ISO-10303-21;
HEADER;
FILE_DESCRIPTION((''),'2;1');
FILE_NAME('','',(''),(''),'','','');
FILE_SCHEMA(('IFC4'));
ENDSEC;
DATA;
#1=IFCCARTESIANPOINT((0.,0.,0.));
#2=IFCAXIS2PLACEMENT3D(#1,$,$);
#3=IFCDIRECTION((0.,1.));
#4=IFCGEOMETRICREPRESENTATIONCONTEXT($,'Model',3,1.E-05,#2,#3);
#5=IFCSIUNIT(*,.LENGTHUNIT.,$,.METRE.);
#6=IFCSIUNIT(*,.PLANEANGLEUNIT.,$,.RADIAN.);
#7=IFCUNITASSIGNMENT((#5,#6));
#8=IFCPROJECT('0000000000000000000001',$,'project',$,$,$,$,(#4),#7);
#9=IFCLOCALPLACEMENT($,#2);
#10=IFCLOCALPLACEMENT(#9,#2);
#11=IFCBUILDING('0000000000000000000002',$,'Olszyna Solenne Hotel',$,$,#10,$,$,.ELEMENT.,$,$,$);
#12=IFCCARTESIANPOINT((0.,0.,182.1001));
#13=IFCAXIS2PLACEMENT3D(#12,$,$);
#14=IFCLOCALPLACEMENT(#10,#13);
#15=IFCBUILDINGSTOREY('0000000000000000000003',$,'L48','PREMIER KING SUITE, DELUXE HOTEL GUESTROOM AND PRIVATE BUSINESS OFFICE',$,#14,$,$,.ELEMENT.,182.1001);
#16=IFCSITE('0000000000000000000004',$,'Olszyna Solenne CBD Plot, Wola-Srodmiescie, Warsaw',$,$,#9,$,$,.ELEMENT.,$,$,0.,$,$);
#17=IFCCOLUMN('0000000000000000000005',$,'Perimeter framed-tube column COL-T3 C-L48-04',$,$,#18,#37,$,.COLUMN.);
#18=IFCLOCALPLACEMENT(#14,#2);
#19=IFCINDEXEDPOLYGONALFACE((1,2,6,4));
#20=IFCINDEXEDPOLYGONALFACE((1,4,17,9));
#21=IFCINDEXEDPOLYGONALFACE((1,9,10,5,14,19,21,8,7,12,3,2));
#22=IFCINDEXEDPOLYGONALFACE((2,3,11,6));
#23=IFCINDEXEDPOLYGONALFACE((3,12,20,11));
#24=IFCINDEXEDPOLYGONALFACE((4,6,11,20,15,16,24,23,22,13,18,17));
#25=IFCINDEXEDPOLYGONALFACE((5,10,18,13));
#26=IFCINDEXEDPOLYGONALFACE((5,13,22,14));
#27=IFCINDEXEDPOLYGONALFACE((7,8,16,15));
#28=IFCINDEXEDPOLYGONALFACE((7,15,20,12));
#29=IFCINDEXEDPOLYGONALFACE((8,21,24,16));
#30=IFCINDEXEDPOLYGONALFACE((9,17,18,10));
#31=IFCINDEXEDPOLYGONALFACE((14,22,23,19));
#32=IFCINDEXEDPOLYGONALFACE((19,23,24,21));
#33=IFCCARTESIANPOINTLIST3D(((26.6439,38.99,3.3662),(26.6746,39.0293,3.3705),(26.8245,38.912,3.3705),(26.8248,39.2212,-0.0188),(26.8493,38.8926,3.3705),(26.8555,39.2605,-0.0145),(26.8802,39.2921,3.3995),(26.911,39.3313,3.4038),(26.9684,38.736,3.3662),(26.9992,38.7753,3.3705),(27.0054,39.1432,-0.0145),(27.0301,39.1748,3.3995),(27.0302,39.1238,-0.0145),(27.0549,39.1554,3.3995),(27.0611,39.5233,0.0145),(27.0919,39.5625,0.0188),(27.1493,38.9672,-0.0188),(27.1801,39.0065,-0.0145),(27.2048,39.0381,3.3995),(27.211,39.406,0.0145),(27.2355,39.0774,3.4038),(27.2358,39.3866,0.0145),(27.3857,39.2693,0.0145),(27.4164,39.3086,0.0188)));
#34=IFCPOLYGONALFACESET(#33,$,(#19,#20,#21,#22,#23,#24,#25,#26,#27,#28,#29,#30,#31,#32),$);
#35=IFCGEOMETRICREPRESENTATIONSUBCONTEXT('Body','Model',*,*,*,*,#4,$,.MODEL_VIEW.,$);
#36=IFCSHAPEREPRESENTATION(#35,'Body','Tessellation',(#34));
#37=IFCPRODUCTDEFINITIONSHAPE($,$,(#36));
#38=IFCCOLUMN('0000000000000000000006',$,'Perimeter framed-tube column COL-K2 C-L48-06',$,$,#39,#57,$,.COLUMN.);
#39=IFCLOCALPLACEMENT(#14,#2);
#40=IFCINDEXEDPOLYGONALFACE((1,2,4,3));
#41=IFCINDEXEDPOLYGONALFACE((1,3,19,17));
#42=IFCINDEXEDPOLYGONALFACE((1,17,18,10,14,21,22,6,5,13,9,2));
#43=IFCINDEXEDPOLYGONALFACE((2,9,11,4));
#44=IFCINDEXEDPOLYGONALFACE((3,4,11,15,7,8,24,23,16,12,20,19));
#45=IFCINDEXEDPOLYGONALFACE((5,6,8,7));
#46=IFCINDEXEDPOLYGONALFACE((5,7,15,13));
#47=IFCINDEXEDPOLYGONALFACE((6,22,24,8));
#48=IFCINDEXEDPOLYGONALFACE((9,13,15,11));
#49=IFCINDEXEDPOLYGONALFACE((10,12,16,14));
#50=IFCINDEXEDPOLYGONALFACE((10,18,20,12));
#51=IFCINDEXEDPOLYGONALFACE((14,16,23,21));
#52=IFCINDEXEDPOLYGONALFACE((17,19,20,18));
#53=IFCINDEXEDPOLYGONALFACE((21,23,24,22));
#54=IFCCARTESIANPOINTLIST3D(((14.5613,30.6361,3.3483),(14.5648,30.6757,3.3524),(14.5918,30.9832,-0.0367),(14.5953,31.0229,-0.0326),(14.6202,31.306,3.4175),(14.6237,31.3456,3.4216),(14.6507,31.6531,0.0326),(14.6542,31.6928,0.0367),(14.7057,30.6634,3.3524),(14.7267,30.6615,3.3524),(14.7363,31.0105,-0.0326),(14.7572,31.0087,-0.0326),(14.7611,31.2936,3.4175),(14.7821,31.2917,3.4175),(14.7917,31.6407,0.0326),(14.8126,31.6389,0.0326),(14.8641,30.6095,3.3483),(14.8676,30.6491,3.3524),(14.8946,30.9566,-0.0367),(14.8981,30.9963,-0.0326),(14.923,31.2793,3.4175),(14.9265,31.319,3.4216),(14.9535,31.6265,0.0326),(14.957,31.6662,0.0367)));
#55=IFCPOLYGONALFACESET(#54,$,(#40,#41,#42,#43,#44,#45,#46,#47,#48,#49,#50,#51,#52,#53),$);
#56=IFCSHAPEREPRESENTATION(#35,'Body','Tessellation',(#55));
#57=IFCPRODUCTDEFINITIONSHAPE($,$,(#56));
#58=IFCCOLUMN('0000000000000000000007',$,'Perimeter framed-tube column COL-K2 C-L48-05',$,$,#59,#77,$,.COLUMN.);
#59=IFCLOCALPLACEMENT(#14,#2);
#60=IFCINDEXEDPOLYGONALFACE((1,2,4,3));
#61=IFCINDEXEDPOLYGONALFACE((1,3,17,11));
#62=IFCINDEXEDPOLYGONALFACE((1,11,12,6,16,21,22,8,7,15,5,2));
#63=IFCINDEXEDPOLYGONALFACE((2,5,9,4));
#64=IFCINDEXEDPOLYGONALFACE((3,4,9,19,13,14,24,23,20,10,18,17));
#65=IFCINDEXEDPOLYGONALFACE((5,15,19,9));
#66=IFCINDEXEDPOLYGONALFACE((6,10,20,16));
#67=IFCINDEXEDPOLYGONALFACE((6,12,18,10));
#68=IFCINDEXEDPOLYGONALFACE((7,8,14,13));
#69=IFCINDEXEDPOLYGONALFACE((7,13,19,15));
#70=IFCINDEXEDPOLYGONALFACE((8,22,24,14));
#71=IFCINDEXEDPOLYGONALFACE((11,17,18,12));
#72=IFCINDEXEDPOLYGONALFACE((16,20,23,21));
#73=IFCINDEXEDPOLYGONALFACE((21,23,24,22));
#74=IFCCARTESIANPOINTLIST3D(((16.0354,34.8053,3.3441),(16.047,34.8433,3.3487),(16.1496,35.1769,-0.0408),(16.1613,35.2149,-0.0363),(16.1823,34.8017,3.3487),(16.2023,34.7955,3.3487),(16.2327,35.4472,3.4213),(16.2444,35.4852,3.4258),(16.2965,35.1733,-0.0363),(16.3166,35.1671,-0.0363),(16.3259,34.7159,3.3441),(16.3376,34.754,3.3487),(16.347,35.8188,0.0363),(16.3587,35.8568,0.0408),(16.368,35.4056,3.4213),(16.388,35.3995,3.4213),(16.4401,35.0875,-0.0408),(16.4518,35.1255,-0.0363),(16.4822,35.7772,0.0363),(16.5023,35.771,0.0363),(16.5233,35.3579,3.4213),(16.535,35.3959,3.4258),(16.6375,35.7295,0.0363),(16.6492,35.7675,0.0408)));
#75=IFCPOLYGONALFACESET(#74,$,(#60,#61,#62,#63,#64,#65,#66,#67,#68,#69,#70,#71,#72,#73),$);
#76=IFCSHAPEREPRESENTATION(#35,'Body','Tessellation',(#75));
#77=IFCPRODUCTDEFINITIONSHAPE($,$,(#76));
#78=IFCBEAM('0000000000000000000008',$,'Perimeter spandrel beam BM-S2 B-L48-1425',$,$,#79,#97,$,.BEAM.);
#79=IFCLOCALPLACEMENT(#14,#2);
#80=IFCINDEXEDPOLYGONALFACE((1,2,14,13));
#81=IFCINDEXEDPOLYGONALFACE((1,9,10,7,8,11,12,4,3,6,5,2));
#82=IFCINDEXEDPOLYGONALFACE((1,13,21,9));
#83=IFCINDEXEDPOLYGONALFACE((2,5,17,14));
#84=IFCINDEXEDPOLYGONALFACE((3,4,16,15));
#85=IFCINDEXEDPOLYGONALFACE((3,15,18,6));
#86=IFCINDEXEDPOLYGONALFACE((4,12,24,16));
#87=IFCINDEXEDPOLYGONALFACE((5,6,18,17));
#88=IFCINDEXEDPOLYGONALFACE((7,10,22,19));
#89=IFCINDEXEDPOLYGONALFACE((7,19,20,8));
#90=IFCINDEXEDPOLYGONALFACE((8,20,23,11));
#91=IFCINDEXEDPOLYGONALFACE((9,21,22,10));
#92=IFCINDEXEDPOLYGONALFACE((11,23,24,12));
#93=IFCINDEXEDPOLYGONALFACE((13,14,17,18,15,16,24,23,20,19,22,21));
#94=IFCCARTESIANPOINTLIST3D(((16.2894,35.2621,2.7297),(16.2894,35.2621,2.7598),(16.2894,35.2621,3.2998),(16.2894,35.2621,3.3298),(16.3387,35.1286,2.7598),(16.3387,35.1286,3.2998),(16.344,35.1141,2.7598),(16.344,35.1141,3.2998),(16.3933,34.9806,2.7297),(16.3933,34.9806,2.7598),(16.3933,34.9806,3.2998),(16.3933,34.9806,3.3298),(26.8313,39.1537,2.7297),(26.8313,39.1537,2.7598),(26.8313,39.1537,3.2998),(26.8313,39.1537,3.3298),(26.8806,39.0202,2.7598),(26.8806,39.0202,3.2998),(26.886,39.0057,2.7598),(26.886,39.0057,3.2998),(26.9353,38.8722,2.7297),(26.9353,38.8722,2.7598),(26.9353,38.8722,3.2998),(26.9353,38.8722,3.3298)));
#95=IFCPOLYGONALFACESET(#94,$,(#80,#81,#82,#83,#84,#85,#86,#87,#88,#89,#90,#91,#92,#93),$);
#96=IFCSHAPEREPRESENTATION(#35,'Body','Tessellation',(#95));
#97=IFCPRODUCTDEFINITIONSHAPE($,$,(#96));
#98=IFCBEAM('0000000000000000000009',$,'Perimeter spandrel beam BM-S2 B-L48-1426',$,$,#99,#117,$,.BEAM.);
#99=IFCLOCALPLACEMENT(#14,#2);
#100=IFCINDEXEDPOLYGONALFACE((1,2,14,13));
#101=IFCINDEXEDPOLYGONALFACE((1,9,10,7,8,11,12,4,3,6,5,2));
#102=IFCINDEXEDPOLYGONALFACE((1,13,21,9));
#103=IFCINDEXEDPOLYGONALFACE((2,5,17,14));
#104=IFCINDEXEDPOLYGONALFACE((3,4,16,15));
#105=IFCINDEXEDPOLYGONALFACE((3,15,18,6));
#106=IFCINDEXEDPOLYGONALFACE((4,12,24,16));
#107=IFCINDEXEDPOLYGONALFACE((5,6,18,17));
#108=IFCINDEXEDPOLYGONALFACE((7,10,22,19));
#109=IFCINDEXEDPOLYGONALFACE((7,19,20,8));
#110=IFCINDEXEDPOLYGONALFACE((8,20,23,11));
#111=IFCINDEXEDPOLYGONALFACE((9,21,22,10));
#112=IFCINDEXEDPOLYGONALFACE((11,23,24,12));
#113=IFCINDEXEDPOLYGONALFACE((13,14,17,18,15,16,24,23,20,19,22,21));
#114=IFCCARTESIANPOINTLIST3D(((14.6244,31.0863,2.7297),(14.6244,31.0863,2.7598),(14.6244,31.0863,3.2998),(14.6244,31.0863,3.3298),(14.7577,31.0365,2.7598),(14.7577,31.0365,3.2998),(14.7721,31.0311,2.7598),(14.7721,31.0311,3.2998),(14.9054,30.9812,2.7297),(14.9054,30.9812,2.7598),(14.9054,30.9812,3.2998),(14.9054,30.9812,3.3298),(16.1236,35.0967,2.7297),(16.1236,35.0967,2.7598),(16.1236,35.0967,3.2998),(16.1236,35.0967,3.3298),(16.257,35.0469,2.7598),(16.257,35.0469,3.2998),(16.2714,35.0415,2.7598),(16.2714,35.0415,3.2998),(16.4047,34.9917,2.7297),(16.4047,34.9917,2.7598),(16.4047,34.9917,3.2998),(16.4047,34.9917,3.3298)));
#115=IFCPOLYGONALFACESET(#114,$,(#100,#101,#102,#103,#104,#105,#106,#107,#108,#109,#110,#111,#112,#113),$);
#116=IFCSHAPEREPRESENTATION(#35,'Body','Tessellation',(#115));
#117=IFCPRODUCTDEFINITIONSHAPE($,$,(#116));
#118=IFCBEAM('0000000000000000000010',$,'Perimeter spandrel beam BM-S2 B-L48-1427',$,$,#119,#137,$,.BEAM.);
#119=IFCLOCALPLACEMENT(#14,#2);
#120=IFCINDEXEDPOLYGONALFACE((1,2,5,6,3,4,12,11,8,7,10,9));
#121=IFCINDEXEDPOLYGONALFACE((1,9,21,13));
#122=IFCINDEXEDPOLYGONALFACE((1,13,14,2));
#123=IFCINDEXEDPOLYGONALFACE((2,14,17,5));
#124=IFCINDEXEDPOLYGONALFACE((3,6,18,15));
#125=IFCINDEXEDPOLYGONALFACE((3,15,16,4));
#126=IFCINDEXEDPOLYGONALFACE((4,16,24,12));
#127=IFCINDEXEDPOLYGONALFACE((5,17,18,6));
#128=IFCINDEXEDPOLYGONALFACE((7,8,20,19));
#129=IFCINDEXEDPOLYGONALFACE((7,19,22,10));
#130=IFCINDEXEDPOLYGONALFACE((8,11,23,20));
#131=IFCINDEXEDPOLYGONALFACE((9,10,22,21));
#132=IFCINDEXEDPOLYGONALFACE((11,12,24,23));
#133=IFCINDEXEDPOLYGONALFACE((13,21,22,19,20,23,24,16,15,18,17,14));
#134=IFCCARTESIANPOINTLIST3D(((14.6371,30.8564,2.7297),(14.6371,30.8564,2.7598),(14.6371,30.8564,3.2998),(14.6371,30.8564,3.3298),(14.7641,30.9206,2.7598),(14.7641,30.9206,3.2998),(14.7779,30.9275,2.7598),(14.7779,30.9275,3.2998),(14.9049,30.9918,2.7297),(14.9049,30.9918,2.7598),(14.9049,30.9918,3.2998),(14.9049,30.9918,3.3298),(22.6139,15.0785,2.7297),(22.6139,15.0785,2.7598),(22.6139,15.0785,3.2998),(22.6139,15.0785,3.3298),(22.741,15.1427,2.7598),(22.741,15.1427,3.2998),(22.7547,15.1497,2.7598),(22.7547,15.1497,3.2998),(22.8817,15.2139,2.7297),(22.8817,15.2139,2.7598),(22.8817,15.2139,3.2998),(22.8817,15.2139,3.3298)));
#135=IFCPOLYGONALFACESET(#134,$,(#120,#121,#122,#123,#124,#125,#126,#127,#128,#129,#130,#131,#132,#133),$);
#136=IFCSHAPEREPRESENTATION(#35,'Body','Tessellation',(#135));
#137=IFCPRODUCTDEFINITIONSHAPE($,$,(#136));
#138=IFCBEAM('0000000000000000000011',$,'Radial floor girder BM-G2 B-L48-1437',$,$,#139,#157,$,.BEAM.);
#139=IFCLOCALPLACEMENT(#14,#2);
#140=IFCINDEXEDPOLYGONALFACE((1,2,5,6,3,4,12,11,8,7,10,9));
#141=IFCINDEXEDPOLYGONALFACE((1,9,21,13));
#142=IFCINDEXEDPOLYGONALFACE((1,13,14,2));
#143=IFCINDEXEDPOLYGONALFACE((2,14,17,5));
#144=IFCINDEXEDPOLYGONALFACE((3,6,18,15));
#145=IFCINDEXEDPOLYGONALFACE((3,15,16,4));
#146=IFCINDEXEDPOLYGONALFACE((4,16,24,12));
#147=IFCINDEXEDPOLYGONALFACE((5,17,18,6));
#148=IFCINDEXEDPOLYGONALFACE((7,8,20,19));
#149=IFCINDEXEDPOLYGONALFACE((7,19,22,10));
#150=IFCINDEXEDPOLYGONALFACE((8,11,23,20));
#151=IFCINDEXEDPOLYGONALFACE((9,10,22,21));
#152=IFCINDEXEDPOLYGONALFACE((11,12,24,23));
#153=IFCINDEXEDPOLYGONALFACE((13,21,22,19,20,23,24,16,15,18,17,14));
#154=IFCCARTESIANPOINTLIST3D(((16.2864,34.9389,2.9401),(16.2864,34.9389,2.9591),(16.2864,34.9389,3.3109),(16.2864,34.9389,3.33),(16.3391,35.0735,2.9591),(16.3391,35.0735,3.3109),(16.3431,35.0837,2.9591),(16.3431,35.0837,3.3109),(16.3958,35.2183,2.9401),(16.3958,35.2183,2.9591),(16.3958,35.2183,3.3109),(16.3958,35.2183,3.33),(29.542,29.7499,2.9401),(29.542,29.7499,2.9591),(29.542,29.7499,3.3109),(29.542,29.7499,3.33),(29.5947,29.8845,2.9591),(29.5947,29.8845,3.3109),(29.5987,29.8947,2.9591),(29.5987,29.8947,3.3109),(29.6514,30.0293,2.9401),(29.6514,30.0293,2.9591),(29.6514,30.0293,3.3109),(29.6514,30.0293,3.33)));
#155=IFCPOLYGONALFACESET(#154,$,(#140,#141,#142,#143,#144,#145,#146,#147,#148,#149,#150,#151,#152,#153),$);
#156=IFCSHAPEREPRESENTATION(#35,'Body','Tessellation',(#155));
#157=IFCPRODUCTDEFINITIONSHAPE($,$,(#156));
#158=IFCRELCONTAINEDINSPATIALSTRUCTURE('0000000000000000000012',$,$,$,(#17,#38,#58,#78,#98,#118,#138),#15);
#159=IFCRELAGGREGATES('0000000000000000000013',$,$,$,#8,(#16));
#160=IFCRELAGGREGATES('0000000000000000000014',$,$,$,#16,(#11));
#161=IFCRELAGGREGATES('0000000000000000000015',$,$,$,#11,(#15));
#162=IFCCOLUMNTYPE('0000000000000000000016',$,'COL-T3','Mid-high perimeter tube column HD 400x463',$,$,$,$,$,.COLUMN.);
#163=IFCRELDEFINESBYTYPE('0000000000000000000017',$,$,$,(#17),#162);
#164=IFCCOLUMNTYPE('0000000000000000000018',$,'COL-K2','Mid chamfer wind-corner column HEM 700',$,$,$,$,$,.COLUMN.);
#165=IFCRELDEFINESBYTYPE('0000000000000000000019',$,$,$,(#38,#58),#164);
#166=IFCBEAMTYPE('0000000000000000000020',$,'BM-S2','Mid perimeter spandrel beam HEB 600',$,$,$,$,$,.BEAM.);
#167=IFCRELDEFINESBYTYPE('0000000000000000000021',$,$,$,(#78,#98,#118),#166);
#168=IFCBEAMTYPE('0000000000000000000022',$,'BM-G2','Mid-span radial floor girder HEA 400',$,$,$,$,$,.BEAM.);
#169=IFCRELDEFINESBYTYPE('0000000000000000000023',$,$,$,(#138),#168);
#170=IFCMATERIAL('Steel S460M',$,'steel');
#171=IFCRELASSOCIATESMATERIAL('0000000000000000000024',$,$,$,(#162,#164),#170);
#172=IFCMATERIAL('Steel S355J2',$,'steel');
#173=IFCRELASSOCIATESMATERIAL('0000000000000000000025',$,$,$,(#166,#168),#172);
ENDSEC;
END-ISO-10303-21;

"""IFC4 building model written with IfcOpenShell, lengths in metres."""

from ifc_helpers import new_model, si_unit, direction, frame, origin, origin_2d, place, context, subcontext, project, spatial, i_section, extrude, source, transform, mapped, material, material_profile, profile_set, type_object, element, save


model = new_model("IFC4")

# Units and contexts
model_context = context("Model", 3, precision=1e-05, world=origin(), true_north=direction((0.0, 1.0)))
body_context = subcontext(model_context, "Body", "Model", "MODEL_VIEW")
ifc_project = project(units=[si_unit("LENGTHUNIT", "METRE"), si_unit("PLANEANGLEUNIT", "RADIAN")], contexts=[model_context])

# Site, building, storey
site_placement = place(None, origin())
site = spatial("IfcSite", under=ifc_project, at=site_placement, Name="Olszyna Solenne CBD Plot, Wola-Srodmiescie, Warsaw", CompositionType="ELEMENT", RefElevation=0.0)
building_placement = place(site_placement, origin())
building = spatial("IfcBuilding", under=site, at=building_placement, Name="Olszyna Solenne Hotel", CompositionType="ELEMENT")
storey_placement = place(building_placement, frame((0.0, 0.0, 182.1001)))
storey = spatial("IfcBuildingStorey", under=building, at=storey_placement, Name="L48", Description="PREMIER KING SUITE, DELUXE HOTEL GUESTROOM AND PRIVATE BUSINESS OFFICE", CompositionType="ELEMENT", Elevation=182.1001)

# Columns
ifc_material_1 = material(Name="Steel S460M", Category="steel")
ifc_material_profile_1 = material_profile(ifc_material_1, i_section(OverallWidth=0.4121, OverallDepth=0.4351, WebThickness=0.0315, FlangeThickness=0.05, at=origin_2d()), Name="HD 400x463", Category="load-bearing")
ifc_profile_set_1 = profile_set([ifc_material_profile_1], Name="Steel S460M")
column_type_1 = type_object("IfcColumnType", Name="COL-T3", Description="Mid-high perimeter tube column HD 400x463", PredefinedType="COLUMN", material=ifc_profile_set_1)
shared_shape_1 = source(origin(), body_context, "Body", "SweptSolid", [
    extrude(i_section(OverallWidth=0.4121, OverallDepth=0.4351, WebThickness=0.0315, FlangeThickness=0.05, at=origin_2d()), origin(), (0.0, 0.0, 1.0), 3.3977),
])
column_1_placement = place(storey_placement, frame((27.1206, 39.2649, 0.0), z_axis=(-0.053244, -0.068046, 0.99626), x_axis=(0.787558, -0.616241, 0.0)))
element("IfcColumn", 1, at=column_1_placement, inside=storey, type_object=column_type_1, Name="Perimeter framed-tube column COL-T3 C-L48-04", PredefinedType="COLUMN", context=body_context, shape_type="MappedRepresentation", body=[
    mapped(shared_shape_1, transform((0.0, 0.0, 0.0), x_axis=(1.0, 0.0, 0.0), y_axis=(0.0, 1.0, 0.0), z_axis=(0.0, 0.0, 1.0), scale=1.0)),
])
ifc_material_profile_2 = material_profile(ifc_material_1, i_section(OverallWidth=0.304, OverallDepth=0.7161, WebThickness=0.021, FlangeThickness=0.04, at=origin_2d()), Name="HEM 700", Category="load-bearing")
ifc_profile_set_2 = profile_set([ifc_material_profile_2], Name="Steel S460M")
column_type_2 = type_object("IfcColumnType", Name="COL-K2", Description="Mid chamfer wind-corner column HEM 700", PredefinedType="COLUMN", material=ifc_profile_set_2)
shared_shape_2 = source(origin(), body_context, "Body", "SweptSolid", [
    extrude(i_section(OverallWidth=0.304, OverallDepth=0.7161, WebThickness=0.021, FlangeThickness=0.04, at=origin_2d()), origin(), (0.0, 0.0, 1.0), 3.4028),
])
column_2_placement = place(storey_placement, frame((14.7744, 31.3247, 0.0), z_axis=(-0.008968, -0.102021, 0.994742), x_axis=(0.996159, -0.087567, 0.0)))
element("IfcColumn", 2, at=column_2_placement, inside=storey, type_object=column_type_2, Name="Perimeter framed-tube column COL-K2 C-L48-06", PredefinedType="COLUMN", context=body_context, shape_type="MappedRepresentation", body=[
    mapped(shared_shape_2, transform((0.0, 0.0, 0.0), x_axis=(1.0, 0.0, 0.0), y_axis=(0.0, 1.0, 0.0), z_axis=(0.0, 0.0, 1.0), scale=1.0)),
])
shared_shape_3 = source(origin(), body_context, "Body", "SweptSolid", [
    extrude(i_section(OverallWidth=0.304, OverallDepth=0.7161, WebThickness=0.021, FlangeThickness=0.04, at=origin_2d()), origin(), (0.0, 0.0, 1.0), 3.4072),
])
column_3_placement = place(storey_placement, frame((16.3994, 35.4722, 0.0), z_axis=(-0.033534, -0.109056, 0.99347), x_axis=(0.955833, -0.293909, 0.0)))
element("IfcColumn", 3, at=column_3_placement, inside=storey, type_object=column_type_2, Name="Perimeter framed-tube column COL-K2 C-L48-05", PredefinedType="COLUMN", context=body_context, shape_type="MappedRepresentation", body=[
    mapped(shared_shape_3, transform((0.0, 0.0, 0.0), x_axis=(1.0, 0.0, 0.0), y_axis=(0.0, 1.0, 0.0), z_axis=(0.0, 0.0, 1.0), scale=1.0)),
])

# Beams
ifc_material_2 = material(Name="Steel S355J2", Category="steel")
ifc_material_profile_3 = material_profile(ifc_material_2, i_section(OverallWidth=0.3, OverallDepth=0.6001, WebThickness=0.0154, FlangeThickness=0.03, at=origin_2d()), Name="HEB 600", Category="load-bearing")
ifc_profile_set_3 = profile_set([ifc_material_profile_3], Name="Steel S355J2")
beam_type_1 = type_object("IfcBeamType", Name="BM-S2", Description="Mid perimeter spandrel beam HEB 600", PredefinedType="BEAM", material=ifc_profile_set_3)
shared_shape_4 = source(origin(), body_context, "Body", "SweptSolid", [
    extrude(i_section(OverallWidth=0.3, OverallDepth=0.6001, WebThickness=0.0154, FlangeThickness=0.03, at=origin_2d()), origin(), (0.0, 0.0, 1.0), 11.2373),
])
beam_1_placement = place(storey_placement, frame((26.8833, 39.0129, 3.0298), z_axis=(-0.93812, -0.346309, 0.0), x_axis=(0.346309, -0.93812, 0.0)))
element("IfcBeam", 4, at=beam_1_placement, inside=storey, type_object=beam_type_1, Name="Perimeter spandrel beam BM-S2 B-L48-1425", PredefinedType="BEAM", context=body_context, shape_type="MappedRepresentation", body=[
    mapped(shared_shape_4, transform((0.0, 0.0, 0.0), x_axis=(1.0, 0.0, 0.0), y_axis=(0.0, 1.0, 0.0), z_axis=(0.0, 0.0, 1.0), scale=1.0)),
])
shared_shape_5 = source(origin(), body_context, "Body", "SweptSolid", [
    extrude(i_section(OverallWidth=0.3, OverallDepth=0.6001, WebThickness=0.0154, FlangeThickness=0.03, at=origin_2d()), origin(), (0.0, 0.0, 1.0), 4.2815),
])
beam_2_placement = place(storey_placement, frame((16.2642, 35.0442, 3.0298), z_axis=(-0.350167, -0.936687, 0.0), x_axis=(0.936687, -0.350167, 0.0)))
element("IfcBeam", 5, at=beam_2_placement, inside=storey, type_object=beam_type_1, Name="Perimeter spandrel beam BM-S2 B-L48-1426", PredefinedType="BEAM", context=body_context, shape_type="MappedRepresentation", body=[
    mapped(shared_shape_5, transform((0.0, 0.0, 0.0), x_axis=(1.0, 0.0, 0.0), y_axis=(0.0, 1.0, 0.0), z_axis=(0.0, 0.0, 1.0), scale=1.0)),
])
shared_shape_6 = source(origin(), body_context, "Body", "SweptSolid", [
    extrude(i_section(OverallWidth=0.3, OverallDepth=0.6001, WebThickness=0.0154, FlangeThickness=0.03, at=origin_2d()), origin(), (0.0, 0.0, 1.0), 17.6797),
])
beam_3_placement = place(storey_placement, frame((14.771, 30.9241, 3.0298), z_axis=(0.451186, -0.89243, 0.0), x_axis=(0.89243, 0.451186, 0.0)))
element("IfcBeam", 6, at=beam_3_placement, inside=storey, type_object=beam_type_1, Name="Perimeter spandrel beam BM-S2 B-L48-1427", PredefinedType="BEAM", context=body_context, shape_type="MappedRepresentation", body=[
    mapped(shared_shape_6, transform((0.0, 0.0, 0.0), x_axis=(1.0, 0.0, 0.0), y_axis=(0.0, 1.0, 0.0), z_axis=(0.0, 0.0, 1.0), scale=1.0)),
])
ifc_material_profile_4 = material_profile(ifc_material_2, i_section(OverallWidth=0.3, OverallDepth=0.3899, WebThickness=0.011, FlangeThickness=0.019, at=origin_2d()), Name="HEA 400", Category="load-bearing")
ifc_profile_set_4 = profile_set([ifc_material_profile_4], Name="Steel S355J2")
beam_type_2 = type_object("IfcBeamType", Name="BM-G2", Description="Mid-span radial floor girder HEA 400", PredefinedType="BEAM", material=ifc_profile_set_4)
shared_shape_7 = source(origin(), body_context, "Body", "SweptSolid", [
    extrude(i_section(OverallWidth=0.3, OverallDepth=0.3899, WebThickness=0.011, FlangeThickness=0.019, at=origin_2d()), origin(), (0.0, 0.0, 1.0), 14.2351),
])
beam_4_placement = place(storey_placement, frame((16.3411, 35.0786, 3.135), z_axis=(0.931195, -0.36452, 0.0), x_axis=(0.36452, 0.931195, 0.0)))
element("IfcBeam", 7, at=beam_4_placement, inside=storey, type_object=beam_type_2, Name="Radial floor girder BM-G2 B-L48-1437", PredefinedType="BEAM", context=body_context, shape_type="MappedRepresentation", body=[
    mapped(shared_shape_7, transform((0.0, 0.0, 0.0), x_axis=(1.0, 0.0, 0.0), y_axis=(0.0, 1.0, 0.0), z_axis=(0.0, 0.0, 1.0), scale=1.0)),
])

save(model, "model.ifc")
